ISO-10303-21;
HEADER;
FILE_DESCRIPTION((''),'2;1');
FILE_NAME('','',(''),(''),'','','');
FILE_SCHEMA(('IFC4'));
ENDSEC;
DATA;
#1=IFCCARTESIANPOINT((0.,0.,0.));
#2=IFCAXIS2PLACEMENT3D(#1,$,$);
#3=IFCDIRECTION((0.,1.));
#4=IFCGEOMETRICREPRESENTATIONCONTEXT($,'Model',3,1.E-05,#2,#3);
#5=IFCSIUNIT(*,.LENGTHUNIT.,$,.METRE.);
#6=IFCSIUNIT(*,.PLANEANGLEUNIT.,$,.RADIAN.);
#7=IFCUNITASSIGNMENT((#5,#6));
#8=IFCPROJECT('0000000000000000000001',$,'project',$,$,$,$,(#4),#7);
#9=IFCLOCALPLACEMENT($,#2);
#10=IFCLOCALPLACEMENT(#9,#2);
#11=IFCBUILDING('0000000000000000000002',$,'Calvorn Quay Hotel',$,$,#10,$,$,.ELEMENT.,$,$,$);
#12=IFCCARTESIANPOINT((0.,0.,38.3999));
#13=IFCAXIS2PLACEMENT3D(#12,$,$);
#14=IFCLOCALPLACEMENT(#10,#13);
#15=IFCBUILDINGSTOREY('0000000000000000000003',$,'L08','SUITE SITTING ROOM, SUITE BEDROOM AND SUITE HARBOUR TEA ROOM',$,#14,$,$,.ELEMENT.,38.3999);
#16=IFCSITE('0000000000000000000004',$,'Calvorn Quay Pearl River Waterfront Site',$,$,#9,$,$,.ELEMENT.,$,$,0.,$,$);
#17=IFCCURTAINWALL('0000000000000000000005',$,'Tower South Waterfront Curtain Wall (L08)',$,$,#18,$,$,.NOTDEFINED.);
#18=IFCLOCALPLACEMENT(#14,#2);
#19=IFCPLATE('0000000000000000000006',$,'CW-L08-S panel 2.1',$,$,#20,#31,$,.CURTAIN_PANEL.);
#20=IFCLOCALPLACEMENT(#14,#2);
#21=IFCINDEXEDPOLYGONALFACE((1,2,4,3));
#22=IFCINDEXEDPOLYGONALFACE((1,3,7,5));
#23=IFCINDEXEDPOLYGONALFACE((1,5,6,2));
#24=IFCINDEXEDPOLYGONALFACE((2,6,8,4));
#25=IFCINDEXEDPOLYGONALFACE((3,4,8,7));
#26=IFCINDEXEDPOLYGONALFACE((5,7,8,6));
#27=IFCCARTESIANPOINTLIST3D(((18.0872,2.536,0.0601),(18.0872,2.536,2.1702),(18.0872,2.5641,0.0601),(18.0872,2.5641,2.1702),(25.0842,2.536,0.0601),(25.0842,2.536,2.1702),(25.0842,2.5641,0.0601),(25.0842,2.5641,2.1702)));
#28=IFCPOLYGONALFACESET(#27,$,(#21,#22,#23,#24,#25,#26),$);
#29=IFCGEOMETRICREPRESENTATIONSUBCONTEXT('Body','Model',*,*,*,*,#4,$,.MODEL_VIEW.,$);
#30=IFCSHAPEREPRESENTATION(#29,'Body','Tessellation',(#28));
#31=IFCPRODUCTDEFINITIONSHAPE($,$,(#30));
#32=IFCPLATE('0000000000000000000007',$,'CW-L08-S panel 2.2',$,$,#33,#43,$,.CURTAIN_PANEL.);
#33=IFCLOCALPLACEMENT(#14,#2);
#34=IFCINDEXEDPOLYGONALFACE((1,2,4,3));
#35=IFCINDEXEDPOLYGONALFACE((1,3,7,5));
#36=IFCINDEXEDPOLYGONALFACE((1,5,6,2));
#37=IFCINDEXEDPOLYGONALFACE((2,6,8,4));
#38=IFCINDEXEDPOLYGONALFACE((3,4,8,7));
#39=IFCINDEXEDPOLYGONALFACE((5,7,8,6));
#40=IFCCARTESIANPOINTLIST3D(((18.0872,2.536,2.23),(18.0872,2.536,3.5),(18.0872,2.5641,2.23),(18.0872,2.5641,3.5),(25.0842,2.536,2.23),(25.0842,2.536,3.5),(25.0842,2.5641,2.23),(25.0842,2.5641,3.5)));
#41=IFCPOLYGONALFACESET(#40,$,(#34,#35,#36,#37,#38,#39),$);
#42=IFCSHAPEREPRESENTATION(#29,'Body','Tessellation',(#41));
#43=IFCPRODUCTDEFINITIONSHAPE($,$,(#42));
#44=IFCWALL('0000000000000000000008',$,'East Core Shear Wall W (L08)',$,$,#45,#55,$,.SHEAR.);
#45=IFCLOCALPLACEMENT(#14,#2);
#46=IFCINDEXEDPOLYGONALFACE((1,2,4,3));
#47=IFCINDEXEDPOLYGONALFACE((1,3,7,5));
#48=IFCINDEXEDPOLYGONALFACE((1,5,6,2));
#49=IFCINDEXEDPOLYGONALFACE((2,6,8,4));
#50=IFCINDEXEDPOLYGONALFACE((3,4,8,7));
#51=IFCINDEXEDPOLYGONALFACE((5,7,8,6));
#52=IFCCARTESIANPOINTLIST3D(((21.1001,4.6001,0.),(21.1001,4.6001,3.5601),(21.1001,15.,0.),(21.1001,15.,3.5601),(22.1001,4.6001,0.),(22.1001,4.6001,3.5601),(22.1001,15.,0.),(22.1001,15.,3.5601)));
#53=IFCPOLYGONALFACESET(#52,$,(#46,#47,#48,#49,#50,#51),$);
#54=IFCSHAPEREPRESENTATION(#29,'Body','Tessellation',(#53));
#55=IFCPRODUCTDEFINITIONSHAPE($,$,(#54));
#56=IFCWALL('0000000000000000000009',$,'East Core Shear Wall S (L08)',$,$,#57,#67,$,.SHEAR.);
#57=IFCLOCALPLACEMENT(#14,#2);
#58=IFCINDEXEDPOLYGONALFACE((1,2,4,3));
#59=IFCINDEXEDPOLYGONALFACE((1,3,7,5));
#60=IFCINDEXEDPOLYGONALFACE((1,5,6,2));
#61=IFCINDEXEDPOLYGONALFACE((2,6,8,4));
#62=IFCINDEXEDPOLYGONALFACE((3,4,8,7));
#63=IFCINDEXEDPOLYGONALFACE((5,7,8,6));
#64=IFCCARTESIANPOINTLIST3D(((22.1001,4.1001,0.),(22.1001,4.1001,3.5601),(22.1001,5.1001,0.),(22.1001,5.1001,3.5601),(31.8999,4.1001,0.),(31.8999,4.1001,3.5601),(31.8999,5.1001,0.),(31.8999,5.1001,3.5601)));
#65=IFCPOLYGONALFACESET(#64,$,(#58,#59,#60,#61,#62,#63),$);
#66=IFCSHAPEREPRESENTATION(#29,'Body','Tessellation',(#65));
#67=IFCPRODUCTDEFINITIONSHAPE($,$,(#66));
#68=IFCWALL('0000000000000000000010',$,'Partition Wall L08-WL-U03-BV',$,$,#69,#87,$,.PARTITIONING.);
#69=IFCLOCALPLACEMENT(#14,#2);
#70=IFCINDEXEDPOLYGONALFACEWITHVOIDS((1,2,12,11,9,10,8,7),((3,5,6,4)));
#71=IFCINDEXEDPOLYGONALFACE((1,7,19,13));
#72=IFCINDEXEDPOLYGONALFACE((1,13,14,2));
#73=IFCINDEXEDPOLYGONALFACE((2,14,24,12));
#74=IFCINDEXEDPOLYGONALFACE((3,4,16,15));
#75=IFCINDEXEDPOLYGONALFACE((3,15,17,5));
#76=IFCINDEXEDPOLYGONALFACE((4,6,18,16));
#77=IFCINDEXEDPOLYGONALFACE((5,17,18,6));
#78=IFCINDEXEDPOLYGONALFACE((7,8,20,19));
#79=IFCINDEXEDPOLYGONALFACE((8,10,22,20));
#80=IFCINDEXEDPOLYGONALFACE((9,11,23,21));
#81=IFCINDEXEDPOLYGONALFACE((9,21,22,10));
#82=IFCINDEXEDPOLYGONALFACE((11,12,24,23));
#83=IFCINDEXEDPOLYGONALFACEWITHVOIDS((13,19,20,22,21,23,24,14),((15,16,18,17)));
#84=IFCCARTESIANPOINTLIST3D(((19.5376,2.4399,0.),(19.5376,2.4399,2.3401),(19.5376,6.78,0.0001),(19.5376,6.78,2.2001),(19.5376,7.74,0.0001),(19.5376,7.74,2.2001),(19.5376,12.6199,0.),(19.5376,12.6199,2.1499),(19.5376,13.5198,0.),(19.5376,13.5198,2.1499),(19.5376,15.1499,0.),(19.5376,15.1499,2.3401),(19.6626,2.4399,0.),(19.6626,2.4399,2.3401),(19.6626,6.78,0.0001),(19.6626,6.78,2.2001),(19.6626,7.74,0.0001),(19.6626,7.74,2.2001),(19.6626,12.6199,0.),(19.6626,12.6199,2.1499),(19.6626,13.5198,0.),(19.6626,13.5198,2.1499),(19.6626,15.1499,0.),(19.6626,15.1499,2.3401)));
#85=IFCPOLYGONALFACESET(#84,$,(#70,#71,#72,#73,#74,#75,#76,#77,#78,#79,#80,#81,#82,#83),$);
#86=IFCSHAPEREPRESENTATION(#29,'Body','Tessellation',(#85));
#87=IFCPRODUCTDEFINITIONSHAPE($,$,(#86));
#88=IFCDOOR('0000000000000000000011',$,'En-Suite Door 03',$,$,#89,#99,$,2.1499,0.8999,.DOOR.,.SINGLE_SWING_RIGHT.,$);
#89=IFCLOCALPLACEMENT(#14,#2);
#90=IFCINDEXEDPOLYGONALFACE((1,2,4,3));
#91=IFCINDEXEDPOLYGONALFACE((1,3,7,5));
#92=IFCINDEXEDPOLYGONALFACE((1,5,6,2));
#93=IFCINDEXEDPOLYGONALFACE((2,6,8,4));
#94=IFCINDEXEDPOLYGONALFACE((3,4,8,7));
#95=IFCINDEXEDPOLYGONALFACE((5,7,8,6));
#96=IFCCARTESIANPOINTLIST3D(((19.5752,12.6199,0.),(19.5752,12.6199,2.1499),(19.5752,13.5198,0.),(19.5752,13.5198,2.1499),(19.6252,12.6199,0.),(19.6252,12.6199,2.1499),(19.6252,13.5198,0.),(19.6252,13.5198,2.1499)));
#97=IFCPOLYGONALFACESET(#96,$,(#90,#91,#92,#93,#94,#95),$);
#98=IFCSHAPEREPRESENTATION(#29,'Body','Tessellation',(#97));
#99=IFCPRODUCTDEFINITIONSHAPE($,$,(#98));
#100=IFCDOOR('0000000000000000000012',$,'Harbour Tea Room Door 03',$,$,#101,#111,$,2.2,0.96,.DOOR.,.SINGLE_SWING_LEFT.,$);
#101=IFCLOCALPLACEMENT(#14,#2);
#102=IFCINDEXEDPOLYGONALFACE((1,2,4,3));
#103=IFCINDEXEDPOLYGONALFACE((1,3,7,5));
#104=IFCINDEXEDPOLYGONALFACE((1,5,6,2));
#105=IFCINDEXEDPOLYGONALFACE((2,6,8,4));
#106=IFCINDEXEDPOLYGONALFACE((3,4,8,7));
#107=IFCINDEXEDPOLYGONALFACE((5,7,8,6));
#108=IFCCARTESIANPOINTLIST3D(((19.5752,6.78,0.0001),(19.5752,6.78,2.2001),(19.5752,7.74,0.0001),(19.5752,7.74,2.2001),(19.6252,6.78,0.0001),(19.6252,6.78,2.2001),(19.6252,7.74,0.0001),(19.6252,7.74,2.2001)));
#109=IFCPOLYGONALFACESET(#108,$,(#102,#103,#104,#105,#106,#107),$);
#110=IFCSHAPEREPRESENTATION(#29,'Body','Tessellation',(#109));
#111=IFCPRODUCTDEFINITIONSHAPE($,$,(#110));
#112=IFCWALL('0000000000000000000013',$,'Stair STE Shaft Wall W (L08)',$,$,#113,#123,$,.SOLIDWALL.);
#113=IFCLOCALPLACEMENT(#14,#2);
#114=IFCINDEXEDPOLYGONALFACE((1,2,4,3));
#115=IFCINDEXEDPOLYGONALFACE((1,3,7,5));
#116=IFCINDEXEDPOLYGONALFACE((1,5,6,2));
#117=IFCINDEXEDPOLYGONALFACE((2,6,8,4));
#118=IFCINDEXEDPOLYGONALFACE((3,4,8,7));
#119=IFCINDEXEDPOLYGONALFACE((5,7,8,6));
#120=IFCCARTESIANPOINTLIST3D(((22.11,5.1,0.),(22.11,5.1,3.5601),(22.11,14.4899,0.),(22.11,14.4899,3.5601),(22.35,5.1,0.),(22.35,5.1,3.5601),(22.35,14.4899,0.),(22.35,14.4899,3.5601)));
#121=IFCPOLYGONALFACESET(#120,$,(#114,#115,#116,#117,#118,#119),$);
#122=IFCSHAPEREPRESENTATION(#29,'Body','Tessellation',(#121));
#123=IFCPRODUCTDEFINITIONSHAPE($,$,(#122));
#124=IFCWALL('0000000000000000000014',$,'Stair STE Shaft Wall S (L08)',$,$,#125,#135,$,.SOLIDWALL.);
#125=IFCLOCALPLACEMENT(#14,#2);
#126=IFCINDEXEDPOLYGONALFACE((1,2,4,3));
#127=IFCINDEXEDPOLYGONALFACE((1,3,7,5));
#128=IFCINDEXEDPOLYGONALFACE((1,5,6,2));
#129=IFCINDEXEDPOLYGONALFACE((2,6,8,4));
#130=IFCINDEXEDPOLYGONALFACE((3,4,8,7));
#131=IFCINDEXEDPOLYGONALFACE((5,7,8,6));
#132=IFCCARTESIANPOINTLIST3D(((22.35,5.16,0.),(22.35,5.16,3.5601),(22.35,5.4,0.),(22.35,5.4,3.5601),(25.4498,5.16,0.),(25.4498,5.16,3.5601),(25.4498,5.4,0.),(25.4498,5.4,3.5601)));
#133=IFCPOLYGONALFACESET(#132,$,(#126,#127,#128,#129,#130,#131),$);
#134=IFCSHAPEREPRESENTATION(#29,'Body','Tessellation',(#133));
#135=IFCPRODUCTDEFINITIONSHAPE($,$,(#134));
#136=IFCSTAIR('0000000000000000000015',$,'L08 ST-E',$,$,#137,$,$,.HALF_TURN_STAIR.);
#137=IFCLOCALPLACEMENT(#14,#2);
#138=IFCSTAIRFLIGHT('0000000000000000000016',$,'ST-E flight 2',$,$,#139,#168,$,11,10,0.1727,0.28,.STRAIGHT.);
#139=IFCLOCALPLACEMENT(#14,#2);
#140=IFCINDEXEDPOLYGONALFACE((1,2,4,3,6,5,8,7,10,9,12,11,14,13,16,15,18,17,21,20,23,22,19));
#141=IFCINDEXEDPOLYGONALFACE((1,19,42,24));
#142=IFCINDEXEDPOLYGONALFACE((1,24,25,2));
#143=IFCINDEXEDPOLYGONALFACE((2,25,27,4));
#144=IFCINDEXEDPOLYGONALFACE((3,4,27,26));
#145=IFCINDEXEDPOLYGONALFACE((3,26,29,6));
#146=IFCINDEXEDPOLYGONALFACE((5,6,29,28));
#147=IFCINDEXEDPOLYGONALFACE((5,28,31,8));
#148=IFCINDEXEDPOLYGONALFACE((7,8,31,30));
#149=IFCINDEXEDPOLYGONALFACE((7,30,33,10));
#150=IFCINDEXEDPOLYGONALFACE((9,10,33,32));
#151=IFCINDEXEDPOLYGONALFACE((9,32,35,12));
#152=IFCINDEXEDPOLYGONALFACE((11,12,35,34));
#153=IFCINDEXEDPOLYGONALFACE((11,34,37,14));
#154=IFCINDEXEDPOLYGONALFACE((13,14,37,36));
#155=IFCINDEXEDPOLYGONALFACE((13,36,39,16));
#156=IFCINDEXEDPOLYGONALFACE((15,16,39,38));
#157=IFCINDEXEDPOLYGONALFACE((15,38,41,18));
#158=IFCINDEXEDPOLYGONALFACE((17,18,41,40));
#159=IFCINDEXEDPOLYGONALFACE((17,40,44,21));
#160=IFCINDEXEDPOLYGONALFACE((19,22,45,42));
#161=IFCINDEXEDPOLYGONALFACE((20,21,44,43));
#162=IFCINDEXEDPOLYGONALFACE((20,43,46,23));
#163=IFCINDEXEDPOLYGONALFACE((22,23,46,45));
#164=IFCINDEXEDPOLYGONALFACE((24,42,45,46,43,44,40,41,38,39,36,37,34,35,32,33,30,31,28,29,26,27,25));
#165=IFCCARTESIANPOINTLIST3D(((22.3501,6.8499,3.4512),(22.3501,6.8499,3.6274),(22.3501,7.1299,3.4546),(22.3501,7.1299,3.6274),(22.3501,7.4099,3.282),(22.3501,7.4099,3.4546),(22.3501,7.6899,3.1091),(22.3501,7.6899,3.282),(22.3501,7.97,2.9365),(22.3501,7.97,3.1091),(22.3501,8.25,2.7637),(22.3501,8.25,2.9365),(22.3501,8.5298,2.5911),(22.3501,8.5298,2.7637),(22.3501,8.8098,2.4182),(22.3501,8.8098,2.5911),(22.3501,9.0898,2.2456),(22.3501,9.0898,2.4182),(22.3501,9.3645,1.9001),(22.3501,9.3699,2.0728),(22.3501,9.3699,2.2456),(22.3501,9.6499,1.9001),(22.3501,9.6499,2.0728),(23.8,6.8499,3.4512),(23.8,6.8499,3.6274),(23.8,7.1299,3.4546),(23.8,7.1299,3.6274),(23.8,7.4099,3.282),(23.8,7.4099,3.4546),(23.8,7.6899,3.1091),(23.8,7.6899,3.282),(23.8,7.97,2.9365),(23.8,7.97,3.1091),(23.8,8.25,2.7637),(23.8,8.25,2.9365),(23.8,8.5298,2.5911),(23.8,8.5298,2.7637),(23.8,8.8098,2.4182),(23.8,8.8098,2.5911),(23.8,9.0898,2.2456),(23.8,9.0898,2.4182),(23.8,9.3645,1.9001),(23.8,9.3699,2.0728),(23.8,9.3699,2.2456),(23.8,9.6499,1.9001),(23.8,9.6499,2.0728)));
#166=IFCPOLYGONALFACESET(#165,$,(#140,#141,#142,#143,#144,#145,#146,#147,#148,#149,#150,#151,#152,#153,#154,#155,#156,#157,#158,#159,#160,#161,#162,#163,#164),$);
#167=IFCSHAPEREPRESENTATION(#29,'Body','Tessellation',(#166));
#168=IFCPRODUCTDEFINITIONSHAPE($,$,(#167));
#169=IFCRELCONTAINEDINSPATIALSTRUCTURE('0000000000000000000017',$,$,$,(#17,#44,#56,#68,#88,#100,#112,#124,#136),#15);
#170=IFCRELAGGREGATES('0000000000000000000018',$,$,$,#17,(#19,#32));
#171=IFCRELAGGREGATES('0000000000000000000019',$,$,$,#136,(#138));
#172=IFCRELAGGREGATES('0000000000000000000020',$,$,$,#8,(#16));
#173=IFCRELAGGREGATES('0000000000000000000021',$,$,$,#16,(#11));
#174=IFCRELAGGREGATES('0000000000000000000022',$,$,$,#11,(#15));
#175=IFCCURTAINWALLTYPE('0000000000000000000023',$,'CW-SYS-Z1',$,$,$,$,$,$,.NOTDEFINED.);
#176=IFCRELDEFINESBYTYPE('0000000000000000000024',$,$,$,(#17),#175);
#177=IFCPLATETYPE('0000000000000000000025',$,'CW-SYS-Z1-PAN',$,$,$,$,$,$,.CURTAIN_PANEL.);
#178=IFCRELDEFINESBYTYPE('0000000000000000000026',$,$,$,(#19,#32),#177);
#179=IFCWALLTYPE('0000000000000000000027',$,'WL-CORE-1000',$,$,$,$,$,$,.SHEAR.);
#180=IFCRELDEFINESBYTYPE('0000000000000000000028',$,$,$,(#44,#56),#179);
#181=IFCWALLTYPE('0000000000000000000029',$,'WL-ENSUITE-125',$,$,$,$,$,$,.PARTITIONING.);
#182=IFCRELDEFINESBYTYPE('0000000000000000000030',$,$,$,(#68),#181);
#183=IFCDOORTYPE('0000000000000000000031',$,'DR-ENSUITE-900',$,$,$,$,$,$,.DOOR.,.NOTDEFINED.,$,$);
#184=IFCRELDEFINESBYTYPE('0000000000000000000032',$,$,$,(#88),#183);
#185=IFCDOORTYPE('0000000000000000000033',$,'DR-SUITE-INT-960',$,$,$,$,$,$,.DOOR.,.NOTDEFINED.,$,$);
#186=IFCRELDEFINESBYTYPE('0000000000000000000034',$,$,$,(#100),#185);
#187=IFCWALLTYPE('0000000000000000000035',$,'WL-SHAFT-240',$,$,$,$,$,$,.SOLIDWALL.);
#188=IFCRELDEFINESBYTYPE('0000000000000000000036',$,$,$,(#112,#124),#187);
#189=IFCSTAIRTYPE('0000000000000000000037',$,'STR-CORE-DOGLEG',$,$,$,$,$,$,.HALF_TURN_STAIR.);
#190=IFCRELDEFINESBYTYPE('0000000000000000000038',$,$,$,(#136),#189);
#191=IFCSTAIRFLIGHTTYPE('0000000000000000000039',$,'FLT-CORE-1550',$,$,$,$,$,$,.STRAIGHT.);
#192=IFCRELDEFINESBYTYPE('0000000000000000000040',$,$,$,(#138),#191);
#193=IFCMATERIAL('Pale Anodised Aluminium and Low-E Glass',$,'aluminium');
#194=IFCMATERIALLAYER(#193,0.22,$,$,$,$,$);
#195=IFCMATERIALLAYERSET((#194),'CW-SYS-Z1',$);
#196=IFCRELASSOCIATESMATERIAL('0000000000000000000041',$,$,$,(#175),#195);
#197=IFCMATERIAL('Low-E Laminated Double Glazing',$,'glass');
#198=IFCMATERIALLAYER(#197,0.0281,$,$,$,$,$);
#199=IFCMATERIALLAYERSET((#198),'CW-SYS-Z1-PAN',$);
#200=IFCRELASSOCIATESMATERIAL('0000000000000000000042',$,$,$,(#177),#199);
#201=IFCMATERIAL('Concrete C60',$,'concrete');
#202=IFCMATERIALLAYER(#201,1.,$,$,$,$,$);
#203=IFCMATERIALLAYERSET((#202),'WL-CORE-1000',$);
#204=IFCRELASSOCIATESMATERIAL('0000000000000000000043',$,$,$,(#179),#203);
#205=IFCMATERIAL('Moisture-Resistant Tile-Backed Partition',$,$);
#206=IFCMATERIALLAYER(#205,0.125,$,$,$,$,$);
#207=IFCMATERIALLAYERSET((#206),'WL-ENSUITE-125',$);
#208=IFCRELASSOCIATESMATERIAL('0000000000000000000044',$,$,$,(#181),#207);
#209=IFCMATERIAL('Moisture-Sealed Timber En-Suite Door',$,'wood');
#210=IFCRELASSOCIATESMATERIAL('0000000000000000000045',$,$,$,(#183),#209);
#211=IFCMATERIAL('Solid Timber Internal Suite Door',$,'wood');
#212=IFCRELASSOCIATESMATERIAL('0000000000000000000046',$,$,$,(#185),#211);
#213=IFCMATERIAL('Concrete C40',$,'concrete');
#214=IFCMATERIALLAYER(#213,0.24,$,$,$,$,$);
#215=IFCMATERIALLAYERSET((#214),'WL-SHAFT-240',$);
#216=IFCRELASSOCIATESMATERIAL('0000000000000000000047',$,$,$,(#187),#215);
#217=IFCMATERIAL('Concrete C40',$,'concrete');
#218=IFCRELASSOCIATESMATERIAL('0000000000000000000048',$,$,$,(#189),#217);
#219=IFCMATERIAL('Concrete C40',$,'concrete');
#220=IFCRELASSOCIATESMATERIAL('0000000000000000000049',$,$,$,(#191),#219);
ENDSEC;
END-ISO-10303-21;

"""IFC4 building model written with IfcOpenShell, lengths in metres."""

from ifc_helpers import new_model, si_unit, direction, frame, frame_2d, origin, origin_2d, place, context, subcontext, project, spatial, polyline, rectangle, outline, extrude, material, layer, layer_set, type_object, element, fill, aggregate, save


model = new_model("IFC4")

# Units and contexts
model_context = context("Model", 3, precision=1e-05, world=origin(), true_north=direction((0.0, 1.0)))
body_context = subcontext(model_context, "Body", "Model", "MODEL_VIEW")
ifc_project = project(units=[si_unit("LENGTHUNIT", "METRE"), si_unit("PLANEANGLEUNIT", "RADIAN")], contexts=[model_context])

# Site, building, storey
site_placement = place(None, origin())
site = spatial("IfcSite", under=ifc_project, at=site_placement, Name="Calvorn Quay Pearl River Waterfront Site", CompositionType="ELEMENT", RefElevation=0.0)
building_placement = place(site_placement, origin())
building = spatial("IfcBuilding", under=site, at=building_placement, Name="Calvorn Quay Hotel", CompositionType="ELEMENT")
storey_placement = place(building_placement, frame((0.0, 0.0, 38.3999)))
storey = spatial("IfcBuildingStorey", under=building, at=storey_placement, Name="L08", Description="SUITE SITTING ROOM, SUITE BEDROOM AND SUITE HARBOUR TEA ROOM", CompositionType="ELEMENT", Elevation=38.3999)

# Curtain wall, plates
ifc_material_1 = material(Name="Pale Anodised Aluminium and Low-E Glass", Category="aluminium")
ifc_layer_1 = layer(ifc_material_1, 0.22)
ifc_layer_set_1 = layer_set([ifc_layer_1], Name="CW-SYS-Z1")
curtain_wall_type = type_object("IfcCurtainWallType", Name="CW-SYS-Z1", PredefinedType="NOTDEFINED", material=ifc_layer_set_1)
curtain_wall_placement = place(storey_placement, origin())
curtain_wall = element("IfcCurtainWall", 1, at=curtain_wall_placement, inside=storey, type_object=curtain_wall_type, Name="Tower South Waterfront Curtain Wall (L08)", PredefinedType="NOTDEFINED")
ifc_material_2 = material(Name="Low-E Laminated Double Glazing", Category="glass")
ifc_layer_2 = layer(ifc_material_2, 0.0281)
ifc_layer_set_2 = layer_set([ifc_layer_2], Name="CW-SYS-Z1-PAN")
plate_type = type_object("IfcPlateType", Name="CW-SYS-Z1-PAN", PredefinedType="CURTAIN_PANEL", material=ifc_layer_set_2)
plate_1_placement = place(storey_placement, frame((21.5857, 2.55, 0.0601), z_axis=(0.0, 0.0, 1.0), x_axis=(1.0, 0.0, 0.0)))
plate_1 = element("IfcPlate", 2, at=plate_1_placement, type_object=plate_type, Name="CW-L08-S panel 2.1", PredefinedType="CURTAIN_PANEL", context=body_context, shape_type="SweptSolid", body=[
    extrude(rectangle(XDim=6.9971, YDim=0.0281, at=origin_2d()), origin(), (0.0, 0.0, 1.0), 2.1101),
])
plate_2_placement = place(storey_placement, frame((21.5857, 2.55, 2.23), z_axis=(0.0, 0.0, 1.0), x_axis=(1.0, 0.0, 0.0)))
plate_2 = element("IfcPlate", 3, at=plate_2_placement, type_object=plate_type, Name="CW-L08-S panel 2.2", PredefinedType="CURTAIN_PANEL", context=body_context, shape_type="SweptSolid", body=[
    extrude(rectangle(XDim=6.9971, YDim=0.0281, at=origin_2d()), origin(), (0.0, 0.0, 1.0), 1.27),
])
aggregate(curtain_wall, [plate_1, plate_2])

# Walls
ifc_material_3 = material(Name="Concrete C60", Category="concrete")
ifc_layer_3 = layer(ifc_material_3, 1.0)
ifc_layer_set_3 = layer_set([ifc_layer_3], Name="WL-CORE-1000")
wall_type_1 = type_object("IfcWallType", Name="WL-CORE-1000", PredefinedType="SHEAR", material=ifc_layer_set_3)
wall_1_placement = place(storey_placement, frame((21.6001, 4.6001, 0.0), z_axis=(0.0, 0.0, 1.0), x_axis=(0.0, 1.0, 0.0)))
element("IfcWall", 4, at=wall_1_placement, inside=storey, type_object=wall_type_1, Name="East Core Shear Wall W (L08)", PredefinedType="SHEAR", context=body_context, shape_type="SweptSolid", body=[
    extrude(rectangle(XDim=10.3999, YDim=1.0, at=frame_2d((5.2, 0.0))), origin(), (0.0, 0.0, 1.0), 3.5601),
])
wall_2_placement = place(storey_placement, frame((22.1001, 4.6001, 0.0), z_axis=(0.0, 0.0, 1.0), x_axis=(1.0, 0.0, 0.0)))
element("IfcWall", 5, at=wall_2_placement, inside=storey, type_object=wall_type_1, Name="East Core Shear Wall S (L08)", PredefinedType="SHEAR", context=body_context, shape_type="SweptSolid", body=[
    extrude(rectangle(XDim=9.7998, YDim=1.0, at=frame_2d((4.8999, 0.0))), origin(), (0.0, 0.0, 1.0), 3.5601),
])

# Wall, openings, doors
ifc_material_4 = material(Name="Moisture-Resistant Tile-Backed Partition")
ifc_layer_4 = layer(ifc_material_4, 0.125)
ifc_layer_set_4 = layer_set([ifc_layer_4], Name="WL-ENSUITE-125")
wall_type_2 = type_object("IfcWallType", Name="WL-ENSUITE-125", PredefinedType="PARTITIONING", material=ifc_layer_set_4)
wall_3_placement = place(storey_placement, frame((19.6001, 2.4399, 0.0), z_axis=(0.0, 0.0, 1.0), x_axis=(0.0, 1.0, 0.0)))
wall_3 = element("IfcWall", 6, at=wall_3_placement, inside=storey, type_object=wall_type_2, Name="Partition Wall L08-WL-U03-BV", PredefinedType="PARTITIONING", context=body_context, shape_type="SweptSolid", body=[
    extrude(rectangle(XDim=12.71, YDim=0.125, at=frame_2d((6.355, 0.0))), origin(), (0.0, 0.0, 1.0), 2.3401),
])
opening_1_placement = place(wall_3_placement, frame((4.3401, 0.0, 0.0)))
opening_1 = element("IfcOpeningElement", 7, at=opening_1_placement, cuts=wall_3, PredefinedType="OPENING", context=body_context, shape_type="SweptSolid", body=[
    extrude(rectangle(XDim=0.96, YDim=2.2, at=frame_2d((0.48, 1.1001))), frame((0.0, 0.0725, 0.0), z_axis=(0.0, -1.0, 0.0), x_axis=(1.0, 0.0, 0.0)), (0.0, 0.0, 1.0), 0.145),
])
opening_2_placement = place(wall_3_placement, frame((10.1799, 0.0, 0.0)))
opening_2 = element("IfcOpeningElement", 8, at=opening_2_placement, cuts=wall_3, PredefinedType="OPENING", context=body_context, shape_type="SweptSolid", body=[
    extrude(rectangle(XDim=0.8999, YDim=2.1499, at=frame_2d((0.45, 1.075))), frame((0.0, 0.0725, 0.0), z_axis=(0.0, -1.0, 0.0), x_axis=(1.0, 0.0, 0.0)), (0.0, 0.0, 1.0), 0.145),
])
ifc_material_5 = material(Name="Moisture-Sealed Timber En-Suite Door", Category="wood")
door_type_1 = type_object("IfcDoorType", Name="DR-ENSUITE-900", OperationType="NOTDEFINED", PredefinedType="DOOR", material=ifc_material_5)
door_1_placement = place(opening_2_placement, origin())
door_1 = element("IfcDoor", 9, at=door_1_placement, inside=storey, type_object=door_type_1, Name="En-Suite Door 03", OperationType="SINGLE_SWING_RIGHT", OverallHeight=2.1499, OverallWidth=0.8999, PredefinedType="DOOR", context=body_context, shape_type="SweptSolid", body=[
    extrude(rectangle(XDim=0.8999, YDim=2.1499, at=frame_2d((0.45, 1.075))), frame((0.0, 0.0249, 0.0), z_axis=(0.0, -1.0, 0.0), x_axis=(1.0, 0.0, 0.0)), (0.0, 0.0, 1.0), 0.05),
])
fill(opening_2, door_1)
ifc_material_6 = material(Name="Solid Timber Internal Suite Door", Category="wood")
door_type_2 = type_object("IfcDoorType", Name="DR-SUITE-INT-960", OperationType="NOTDEFINED", PredefinedType="DOOR", material=ifc_material_6)
door_2_placement = place(opening_1_placement, origin())
door_2 = element("IfcDoor", 10, at=door_2_placement, inside=storey, type_object=door_type_2, Name="Harbour Tea Room Door 03", OperationType="SINGLE_SWING_LEFT", OverallHeight=2.2, OverallWidth=0.96, PredefinedType="DOOR", context=body_context, shape_type="SweptSolid", body=[
    extrude(rectangle(XDim=0.96, YDim=2.2, at=frame_2d((0.48, 1.1001))), frame((0.0, 0.0249, 0.0), z_axis=(0.0, -1.0, 0.0), x_axis=(1.0, 0.0, 0.0)), (0.0, 0.0, 1.0), 0.05),
])
fill(opening_1, door_2)

# Walls
ifc_material_7 = material(Name="Concrete C40", Category="concrete")
ifc_layer_5 = layer(ifc_material_7, 0.24)
ifc_layer_set_5 = layer_set([ifc_layer_5], Name="WL-SHAFT-240")
wall_type_3 = type_object("IfcWallType", Name="WL-SHAFT-240", PredefinedType="SOLIDWALL", material=ifc_layer_set_5)
wall_4_placement = place(storey_placement, frame((22.23, 5.1001, 0.0), z_axis=(0.0, 0.0, 1.0), x_axis=(0.0, 1.0, 0.0)))
element("IfcWall", 11, at=wall_4_placement, inside=storey, type_object=wall_type_3, Name="Stair STE Shaft Wall W (L08)", PredefinedType="SOLIDWALL", context=body_context, shape_type="SweptSolid", body=[
    extrude(rectangle(XDim=9.3899, YDim=0.24, at=frame_2d((4.6948, 0.0))), origin(), (0.0, 0.0, 1.0), 3.5601),
])
wall_5_placement = place(storey_placement, frame((22.3501, 5.28, 0.0), z_axis=(0.0, 0.0, 1.0), x_axis=(1.0, 0.0, 0.0)))
element("IfcWall", 12, at=wall_5_placement, inside=storey, type_object=wall_type_3, Name="Stair STE Shaft Wall S (L08)", PredefinedType="SOLIDWALL", context=body_context, shape_type="SweptSolid", body=[
    extrude(rectangle(XDim=3.0999, YDim=0.24, at=frame_2d((1.5498, 0.0))), origin(), (0.0, 0.0, 1.0), 3.5601),
])

# Stair, stair flight
ifc_material_8 = material(Name="Concrete C40", Category="concrete")
stair_type = type_object("IfcStairType", Name="STR-CORE-DOGLEG", PredefinedType="HALF_TURN_STAIR", material=ifc_material_8)
stair_placement = place(storey_placement, origin())
stair = element("IfcStair", 13, at=stair_placement, inside=storey, type_object=stair_type, Name="L08 ST-E", PredefinedType="HALF_TURN_STAIR")
ifc_material_9 = material(Name="Concrete C40", Category="concrete")
stair_flight_type = type_object("IfcStairFlightType", Name="FLT-CORE-1550", PredefinedType="STRAIGHT", material=ifc_material_9)
stair_flight_placement = place(storey_placement, frame((23.075, 9.6499, 1.9001), z_axis=(0.0, 0.0, 1.0), x_axis=(0.0, -1.0, 0.0)))
stair_flight = element("IfcStairFlight", 14, at=stair_flight_placement, type_object=stair_flight_type, Name="ST-E flight 2", NumberOfRisers=11, NumberOfTreads=10, PredefinedType="STRAIGHT", RiserHeight=0.1727, TreadLength=0.28, context=body_context, shape_type="SweptSolid", body=[
    extrude(outline(polyline([(0.0, 0.0), (0.0, 0.1726), (0.28, 0.1726), (0.28, 0.3455), (0.5601, 0.3455), (0.5601, 0.5181), (0.8401, 0.5181), (0.8401, 0.6909), (1.1201, 0.6909), (1.1201, 0.8635), (1.3999, 0.8635), (1.3999, 1.0364), (1.6799, 1.0364), (1.6799, 1.209), (1.96, 1.209), (1.96, 1.3818), (2.24, 1.3818), (2.24, 1.5544), (2.52, 1.5544), (2.52, 1.7273), (2.8, 1.7273), (2.8, 1.8999), (2.8, 1.551), (0.2854, 0.0), (0.0, 0.0)])), frame((0.0, 0.7251, 0.0), z_axis=(0.0, -1.0, 0.0), x_axis=(1.0, 0.0, 0.0)), (0.0, 0.0, 1.0), 1.45),
])
aggregate(stair, [stair_flight])

save(model, "model.ifc")
